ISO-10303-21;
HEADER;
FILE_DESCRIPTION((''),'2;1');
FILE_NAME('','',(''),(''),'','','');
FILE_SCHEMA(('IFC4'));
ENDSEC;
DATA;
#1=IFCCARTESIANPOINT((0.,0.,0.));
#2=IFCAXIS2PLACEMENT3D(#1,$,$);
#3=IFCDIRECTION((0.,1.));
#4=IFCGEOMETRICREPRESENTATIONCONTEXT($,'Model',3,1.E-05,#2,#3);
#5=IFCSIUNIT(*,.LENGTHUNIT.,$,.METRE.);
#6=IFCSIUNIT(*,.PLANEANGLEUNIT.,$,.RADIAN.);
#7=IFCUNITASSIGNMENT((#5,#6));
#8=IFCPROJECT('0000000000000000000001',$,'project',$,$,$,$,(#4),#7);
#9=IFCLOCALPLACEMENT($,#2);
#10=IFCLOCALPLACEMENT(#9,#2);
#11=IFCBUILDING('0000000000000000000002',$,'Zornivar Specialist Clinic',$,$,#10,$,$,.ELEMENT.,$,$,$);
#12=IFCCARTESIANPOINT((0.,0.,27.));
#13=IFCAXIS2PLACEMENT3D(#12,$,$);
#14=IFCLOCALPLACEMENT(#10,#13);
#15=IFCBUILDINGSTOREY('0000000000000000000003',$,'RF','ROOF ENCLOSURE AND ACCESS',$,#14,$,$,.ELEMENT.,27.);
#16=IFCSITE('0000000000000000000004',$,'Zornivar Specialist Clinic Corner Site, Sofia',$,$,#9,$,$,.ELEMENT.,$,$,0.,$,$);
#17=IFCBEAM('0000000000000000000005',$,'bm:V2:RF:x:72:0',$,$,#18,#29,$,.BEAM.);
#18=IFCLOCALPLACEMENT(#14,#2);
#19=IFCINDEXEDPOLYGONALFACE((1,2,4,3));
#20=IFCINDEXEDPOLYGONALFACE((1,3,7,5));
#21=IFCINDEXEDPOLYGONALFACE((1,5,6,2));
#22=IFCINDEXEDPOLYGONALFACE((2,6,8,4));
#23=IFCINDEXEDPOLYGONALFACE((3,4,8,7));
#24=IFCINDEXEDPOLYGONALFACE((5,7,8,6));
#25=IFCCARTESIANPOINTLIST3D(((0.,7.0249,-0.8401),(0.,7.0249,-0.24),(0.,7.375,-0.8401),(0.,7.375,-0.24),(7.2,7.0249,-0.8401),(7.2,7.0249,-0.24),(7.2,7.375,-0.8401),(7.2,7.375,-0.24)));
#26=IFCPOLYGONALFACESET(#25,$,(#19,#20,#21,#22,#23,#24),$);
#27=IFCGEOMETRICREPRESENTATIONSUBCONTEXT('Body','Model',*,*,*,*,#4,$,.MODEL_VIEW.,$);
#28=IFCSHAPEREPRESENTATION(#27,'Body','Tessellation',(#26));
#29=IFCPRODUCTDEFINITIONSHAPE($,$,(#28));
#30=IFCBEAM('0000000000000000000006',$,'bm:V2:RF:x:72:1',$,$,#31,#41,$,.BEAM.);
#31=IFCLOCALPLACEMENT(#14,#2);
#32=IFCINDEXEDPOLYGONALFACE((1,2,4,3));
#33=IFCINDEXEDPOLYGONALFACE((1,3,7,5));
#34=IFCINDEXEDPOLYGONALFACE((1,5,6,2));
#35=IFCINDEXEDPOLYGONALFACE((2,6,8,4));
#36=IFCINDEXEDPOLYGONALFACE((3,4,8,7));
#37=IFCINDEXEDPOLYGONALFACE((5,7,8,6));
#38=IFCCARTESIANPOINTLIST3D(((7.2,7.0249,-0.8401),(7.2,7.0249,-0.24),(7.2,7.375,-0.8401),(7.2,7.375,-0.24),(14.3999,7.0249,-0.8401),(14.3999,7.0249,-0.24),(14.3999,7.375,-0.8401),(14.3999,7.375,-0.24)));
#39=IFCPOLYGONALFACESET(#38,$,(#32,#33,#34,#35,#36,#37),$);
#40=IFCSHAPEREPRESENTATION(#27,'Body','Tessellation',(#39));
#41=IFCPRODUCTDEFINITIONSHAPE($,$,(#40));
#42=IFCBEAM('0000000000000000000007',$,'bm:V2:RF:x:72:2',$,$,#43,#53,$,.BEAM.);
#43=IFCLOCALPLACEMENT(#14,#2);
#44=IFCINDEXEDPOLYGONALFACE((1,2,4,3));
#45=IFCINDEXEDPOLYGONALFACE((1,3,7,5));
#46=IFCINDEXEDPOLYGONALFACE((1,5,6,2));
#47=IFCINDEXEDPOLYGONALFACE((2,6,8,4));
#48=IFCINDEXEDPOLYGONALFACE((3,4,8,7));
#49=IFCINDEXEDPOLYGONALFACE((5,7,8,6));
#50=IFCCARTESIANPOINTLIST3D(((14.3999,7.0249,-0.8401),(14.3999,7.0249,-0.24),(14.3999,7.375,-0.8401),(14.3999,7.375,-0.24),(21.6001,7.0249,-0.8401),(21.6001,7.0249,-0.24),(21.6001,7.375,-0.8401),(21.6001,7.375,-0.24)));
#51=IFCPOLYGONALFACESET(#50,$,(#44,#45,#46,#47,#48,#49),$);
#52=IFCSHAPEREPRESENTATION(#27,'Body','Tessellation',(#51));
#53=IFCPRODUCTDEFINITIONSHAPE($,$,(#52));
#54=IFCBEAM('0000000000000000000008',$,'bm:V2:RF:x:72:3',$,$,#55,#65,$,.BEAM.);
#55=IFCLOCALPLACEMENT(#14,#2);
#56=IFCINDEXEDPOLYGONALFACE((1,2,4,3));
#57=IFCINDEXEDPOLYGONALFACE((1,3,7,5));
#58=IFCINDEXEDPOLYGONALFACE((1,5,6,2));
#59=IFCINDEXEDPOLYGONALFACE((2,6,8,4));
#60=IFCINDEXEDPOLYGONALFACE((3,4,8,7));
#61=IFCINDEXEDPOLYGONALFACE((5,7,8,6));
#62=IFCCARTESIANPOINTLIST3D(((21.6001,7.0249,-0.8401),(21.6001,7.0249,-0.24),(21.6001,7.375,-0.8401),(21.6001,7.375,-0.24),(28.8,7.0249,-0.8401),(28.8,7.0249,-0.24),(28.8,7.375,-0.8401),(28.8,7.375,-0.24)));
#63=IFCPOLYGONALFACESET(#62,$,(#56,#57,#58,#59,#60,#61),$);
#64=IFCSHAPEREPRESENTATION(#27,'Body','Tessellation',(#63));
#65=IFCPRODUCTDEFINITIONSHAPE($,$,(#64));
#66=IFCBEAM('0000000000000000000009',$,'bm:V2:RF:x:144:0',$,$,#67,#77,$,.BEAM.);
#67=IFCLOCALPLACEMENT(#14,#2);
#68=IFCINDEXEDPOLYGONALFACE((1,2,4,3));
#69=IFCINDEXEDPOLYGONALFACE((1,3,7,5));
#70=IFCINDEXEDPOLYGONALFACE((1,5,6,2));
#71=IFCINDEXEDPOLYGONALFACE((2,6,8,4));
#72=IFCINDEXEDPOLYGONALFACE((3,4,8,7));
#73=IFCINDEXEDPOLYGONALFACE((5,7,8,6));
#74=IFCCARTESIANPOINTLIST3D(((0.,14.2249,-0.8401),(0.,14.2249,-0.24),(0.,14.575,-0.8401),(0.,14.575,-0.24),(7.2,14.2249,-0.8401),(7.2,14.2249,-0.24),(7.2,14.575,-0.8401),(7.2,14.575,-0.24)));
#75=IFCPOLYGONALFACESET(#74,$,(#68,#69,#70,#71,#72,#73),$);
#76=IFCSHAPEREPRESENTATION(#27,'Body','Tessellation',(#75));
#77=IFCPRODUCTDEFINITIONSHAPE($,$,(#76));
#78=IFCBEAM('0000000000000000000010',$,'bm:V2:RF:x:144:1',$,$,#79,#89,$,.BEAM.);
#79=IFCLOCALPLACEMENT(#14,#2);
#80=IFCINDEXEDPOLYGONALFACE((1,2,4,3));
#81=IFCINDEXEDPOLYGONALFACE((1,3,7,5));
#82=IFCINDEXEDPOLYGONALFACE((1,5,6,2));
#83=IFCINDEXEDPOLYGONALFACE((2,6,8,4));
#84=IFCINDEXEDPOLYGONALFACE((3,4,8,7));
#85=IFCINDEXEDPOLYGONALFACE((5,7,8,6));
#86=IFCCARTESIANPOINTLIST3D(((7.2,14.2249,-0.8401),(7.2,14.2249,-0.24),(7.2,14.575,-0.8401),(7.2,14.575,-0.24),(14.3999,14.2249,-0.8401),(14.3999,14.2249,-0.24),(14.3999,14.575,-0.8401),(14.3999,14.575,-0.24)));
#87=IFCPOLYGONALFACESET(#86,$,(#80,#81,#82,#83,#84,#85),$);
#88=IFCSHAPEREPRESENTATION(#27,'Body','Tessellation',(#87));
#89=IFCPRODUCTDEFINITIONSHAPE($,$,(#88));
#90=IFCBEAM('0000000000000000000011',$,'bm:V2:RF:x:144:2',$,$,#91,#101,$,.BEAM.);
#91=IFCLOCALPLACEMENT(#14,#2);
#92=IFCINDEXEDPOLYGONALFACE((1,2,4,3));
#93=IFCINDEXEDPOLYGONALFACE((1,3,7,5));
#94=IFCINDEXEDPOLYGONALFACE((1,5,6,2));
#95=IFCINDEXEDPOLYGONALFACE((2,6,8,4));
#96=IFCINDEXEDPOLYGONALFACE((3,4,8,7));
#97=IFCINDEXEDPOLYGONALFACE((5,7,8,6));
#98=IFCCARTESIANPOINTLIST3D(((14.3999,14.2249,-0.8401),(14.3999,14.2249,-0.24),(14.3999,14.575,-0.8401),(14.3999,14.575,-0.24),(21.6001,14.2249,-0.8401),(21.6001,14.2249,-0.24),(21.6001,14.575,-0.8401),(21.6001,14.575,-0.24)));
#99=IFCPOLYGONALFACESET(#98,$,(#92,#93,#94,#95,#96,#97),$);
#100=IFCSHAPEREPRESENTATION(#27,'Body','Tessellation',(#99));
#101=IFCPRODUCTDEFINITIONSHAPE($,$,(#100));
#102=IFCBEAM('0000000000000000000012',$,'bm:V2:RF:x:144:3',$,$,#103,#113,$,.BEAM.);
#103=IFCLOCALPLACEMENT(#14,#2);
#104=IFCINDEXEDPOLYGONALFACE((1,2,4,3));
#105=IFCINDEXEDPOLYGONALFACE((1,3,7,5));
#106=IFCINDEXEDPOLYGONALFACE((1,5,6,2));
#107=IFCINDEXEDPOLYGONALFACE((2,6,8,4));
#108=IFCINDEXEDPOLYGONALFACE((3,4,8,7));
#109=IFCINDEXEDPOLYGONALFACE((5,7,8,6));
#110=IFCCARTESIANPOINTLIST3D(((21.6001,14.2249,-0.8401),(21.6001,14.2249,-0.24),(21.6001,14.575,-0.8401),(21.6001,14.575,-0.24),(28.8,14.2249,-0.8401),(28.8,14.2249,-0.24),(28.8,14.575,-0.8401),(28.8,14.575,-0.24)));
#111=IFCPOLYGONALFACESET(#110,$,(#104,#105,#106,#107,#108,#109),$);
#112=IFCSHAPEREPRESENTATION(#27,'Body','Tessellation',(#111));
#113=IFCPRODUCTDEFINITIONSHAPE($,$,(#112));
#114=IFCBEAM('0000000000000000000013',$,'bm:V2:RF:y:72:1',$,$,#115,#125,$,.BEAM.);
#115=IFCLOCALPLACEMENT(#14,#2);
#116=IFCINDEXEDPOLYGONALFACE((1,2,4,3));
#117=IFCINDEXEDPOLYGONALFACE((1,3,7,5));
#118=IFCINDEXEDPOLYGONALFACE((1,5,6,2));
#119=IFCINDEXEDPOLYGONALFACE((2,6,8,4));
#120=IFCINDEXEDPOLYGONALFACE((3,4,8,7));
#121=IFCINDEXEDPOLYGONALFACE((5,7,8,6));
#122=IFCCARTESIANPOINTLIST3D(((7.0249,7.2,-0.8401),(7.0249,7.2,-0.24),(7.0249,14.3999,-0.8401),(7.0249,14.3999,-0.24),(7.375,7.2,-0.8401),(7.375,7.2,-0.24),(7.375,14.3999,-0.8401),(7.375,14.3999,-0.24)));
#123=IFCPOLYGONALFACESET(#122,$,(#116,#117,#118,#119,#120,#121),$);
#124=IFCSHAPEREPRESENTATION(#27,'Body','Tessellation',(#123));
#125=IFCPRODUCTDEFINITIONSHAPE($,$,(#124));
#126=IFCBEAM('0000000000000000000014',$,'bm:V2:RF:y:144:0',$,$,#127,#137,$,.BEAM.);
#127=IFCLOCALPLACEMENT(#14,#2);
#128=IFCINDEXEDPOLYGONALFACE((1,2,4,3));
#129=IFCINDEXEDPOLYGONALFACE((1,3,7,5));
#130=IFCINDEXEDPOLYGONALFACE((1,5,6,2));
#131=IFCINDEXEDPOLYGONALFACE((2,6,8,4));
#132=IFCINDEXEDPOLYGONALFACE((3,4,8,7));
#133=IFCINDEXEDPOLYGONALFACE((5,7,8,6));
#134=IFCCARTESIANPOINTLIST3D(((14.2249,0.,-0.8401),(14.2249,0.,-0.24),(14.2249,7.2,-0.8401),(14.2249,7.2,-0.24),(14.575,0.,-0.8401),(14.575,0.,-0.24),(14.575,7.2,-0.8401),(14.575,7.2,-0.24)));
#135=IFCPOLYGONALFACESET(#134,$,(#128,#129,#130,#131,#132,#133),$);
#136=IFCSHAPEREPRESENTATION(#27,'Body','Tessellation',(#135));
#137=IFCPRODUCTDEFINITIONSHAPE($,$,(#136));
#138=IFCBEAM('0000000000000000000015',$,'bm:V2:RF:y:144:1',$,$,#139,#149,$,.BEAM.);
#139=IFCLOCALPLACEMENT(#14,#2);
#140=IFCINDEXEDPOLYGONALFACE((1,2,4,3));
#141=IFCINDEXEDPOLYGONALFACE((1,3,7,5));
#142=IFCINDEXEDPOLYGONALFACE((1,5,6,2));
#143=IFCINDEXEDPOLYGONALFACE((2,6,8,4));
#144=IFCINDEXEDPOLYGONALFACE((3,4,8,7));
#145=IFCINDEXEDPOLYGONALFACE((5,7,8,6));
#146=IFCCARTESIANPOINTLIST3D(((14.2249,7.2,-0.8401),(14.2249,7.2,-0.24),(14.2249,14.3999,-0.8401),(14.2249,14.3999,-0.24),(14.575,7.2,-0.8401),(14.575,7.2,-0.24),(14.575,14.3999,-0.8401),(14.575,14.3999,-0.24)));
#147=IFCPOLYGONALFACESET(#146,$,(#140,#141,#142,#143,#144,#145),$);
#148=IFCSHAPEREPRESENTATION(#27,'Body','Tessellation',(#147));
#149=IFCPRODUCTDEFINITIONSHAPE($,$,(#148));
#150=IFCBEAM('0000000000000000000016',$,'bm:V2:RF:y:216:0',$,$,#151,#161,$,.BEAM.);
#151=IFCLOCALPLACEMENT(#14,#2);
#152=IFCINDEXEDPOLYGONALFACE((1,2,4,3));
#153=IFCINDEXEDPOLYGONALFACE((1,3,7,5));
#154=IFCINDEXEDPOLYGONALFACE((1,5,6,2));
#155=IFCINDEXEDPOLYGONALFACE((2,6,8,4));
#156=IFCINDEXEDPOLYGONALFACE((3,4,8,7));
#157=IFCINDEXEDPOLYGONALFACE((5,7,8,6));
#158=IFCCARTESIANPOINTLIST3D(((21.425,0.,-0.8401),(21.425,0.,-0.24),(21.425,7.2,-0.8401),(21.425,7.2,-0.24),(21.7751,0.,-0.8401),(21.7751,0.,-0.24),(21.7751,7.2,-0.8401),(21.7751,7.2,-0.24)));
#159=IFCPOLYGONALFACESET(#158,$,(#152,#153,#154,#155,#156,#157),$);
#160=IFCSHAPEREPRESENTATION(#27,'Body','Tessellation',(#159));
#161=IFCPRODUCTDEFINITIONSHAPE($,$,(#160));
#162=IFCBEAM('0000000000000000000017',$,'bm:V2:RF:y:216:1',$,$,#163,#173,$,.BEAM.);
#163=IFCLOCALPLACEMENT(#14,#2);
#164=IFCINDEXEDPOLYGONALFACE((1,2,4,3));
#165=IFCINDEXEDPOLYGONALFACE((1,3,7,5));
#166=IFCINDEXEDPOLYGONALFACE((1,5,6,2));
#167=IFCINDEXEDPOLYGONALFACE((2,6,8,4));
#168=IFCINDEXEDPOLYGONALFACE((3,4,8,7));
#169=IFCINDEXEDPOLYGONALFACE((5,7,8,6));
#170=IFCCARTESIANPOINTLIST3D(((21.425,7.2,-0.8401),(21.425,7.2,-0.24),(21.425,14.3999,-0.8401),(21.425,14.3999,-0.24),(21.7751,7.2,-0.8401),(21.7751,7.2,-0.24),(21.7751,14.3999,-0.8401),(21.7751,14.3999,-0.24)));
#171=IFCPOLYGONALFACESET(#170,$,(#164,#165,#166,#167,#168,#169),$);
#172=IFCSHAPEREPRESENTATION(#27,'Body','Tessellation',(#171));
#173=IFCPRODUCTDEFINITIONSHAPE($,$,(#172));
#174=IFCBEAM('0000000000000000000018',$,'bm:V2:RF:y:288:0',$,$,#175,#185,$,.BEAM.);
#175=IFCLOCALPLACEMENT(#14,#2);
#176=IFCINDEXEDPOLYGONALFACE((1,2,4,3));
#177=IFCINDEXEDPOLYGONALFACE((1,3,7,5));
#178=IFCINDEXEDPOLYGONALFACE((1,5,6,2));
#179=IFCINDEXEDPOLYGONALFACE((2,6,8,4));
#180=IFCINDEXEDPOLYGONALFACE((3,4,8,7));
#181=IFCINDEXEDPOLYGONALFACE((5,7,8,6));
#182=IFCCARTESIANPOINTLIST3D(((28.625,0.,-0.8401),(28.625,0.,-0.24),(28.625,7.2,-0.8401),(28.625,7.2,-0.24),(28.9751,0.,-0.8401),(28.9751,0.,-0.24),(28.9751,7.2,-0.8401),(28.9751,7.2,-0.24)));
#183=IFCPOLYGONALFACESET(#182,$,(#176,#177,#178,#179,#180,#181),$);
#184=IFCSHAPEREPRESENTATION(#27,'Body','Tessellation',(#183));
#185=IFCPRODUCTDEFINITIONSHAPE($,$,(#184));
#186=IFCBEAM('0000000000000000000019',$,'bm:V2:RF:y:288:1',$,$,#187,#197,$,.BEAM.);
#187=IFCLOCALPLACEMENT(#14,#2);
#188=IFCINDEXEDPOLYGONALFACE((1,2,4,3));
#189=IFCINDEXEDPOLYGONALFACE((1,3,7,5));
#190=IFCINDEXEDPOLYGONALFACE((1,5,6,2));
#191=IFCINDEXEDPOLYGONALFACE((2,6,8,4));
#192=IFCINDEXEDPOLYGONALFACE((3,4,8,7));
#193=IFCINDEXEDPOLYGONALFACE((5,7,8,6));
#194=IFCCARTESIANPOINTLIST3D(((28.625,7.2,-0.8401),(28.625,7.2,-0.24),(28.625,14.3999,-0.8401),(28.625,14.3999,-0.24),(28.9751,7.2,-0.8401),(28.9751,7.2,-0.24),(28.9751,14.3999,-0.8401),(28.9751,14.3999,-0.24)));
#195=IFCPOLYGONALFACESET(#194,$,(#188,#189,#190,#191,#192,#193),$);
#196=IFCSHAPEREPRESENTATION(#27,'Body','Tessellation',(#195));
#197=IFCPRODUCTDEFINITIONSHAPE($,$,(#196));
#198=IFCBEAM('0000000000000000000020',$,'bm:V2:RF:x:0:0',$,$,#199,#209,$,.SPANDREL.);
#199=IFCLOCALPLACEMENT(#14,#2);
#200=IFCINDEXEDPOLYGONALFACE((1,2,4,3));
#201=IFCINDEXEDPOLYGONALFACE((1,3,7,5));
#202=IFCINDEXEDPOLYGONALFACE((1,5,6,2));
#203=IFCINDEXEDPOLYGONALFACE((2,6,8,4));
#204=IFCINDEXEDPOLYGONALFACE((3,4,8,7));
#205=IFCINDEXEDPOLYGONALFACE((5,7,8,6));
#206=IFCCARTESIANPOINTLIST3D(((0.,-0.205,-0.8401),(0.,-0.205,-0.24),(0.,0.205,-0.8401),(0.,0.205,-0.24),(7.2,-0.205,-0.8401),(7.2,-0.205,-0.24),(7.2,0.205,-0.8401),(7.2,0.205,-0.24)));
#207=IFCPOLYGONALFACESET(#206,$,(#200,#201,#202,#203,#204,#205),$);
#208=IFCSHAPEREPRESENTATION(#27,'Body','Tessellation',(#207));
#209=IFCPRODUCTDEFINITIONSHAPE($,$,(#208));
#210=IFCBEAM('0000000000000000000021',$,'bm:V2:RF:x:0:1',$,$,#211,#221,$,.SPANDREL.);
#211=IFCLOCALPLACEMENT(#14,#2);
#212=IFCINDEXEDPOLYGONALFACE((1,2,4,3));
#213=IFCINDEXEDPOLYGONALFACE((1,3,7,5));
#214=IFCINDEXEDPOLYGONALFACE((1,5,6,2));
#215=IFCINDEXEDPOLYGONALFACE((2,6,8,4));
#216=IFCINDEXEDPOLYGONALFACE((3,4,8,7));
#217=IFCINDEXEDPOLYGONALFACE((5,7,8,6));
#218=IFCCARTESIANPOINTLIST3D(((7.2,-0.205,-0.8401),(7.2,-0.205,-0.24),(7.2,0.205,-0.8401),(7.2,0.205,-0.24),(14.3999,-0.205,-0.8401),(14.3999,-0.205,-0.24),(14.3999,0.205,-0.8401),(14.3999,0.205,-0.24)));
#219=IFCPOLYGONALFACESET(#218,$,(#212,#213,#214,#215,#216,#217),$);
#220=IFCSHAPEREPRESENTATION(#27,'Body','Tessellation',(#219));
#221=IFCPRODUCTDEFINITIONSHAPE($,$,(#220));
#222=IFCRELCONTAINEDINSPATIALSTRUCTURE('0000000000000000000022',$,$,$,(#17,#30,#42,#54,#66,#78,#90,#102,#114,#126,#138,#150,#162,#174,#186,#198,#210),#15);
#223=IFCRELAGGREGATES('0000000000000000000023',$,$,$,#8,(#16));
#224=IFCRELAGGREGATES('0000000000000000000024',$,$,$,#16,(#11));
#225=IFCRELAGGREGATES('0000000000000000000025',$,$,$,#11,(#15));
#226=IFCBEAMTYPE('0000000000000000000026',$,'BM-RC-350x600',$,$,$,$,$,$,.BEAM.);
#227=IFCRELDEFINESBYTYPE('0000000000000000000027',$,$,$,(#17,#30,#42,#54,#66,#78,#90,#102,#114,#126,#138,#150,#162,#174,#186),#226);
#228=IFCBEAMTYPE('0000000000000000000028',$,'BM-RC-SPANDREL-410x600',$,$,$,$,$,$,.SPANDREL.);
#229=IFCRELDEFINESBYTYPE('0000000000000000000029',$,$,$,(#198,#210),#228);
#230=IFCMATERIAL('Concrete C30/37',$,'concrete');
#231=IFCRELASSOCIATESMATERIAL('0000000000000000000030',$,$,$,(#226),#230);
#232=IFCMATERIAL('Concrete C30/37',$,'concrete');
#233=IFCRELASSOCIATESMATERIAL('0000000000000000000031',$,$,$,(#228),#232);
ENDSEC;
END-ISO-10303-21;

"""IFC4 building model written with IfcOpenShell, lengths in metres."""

from ifc_helpers import new_model, si_unit, direction, frame, origin, origin_2d, place, context, subcontext, project, spatial, rectangle, extrude, material, material_profile, profile_set, type_object, element, save


model = new_model("IFC4")

# Units and contexts
model_context = context("Model", 3, precision=1e-05, world=origin(), true_north=direction((0.0, 1.0)))
body_context = subcontext(model_context, "Body", "Model", "MODEL_VIEW")
ifc_project = project(units=[si_unit("LENGTHUNIT", "METRE"), si_unit("PLANEANGLEUNIT", "RADIAN")], contexts=[model_context])

# Site, building, storey
site_placement = place(None, origin())
site = spatial("IfcSite", under=ifc_project, at=site_placement, Name="Zornivar Specialist Clinic Corner Site, Sofia", CompositionType="ELEMENT", RefElevation=0.0)
building_placement = place(site_placement, origin())
building = spatial("IfcBuilding", under=site, at=building_placement, Name="Zornivar Specialist Clinic", CompositionType="ELEMENT")
storey_placement = place(building_placement, frame((0.0, 0.0, 27.0)))
storey = spatial("IfcBuildingStorey", under=building, at=storey_placement, Name="RF", Description="ROOF ENCLOSURE AND ACCESS", CompositionType="ELEMENT", Elevation=27.0)

# Beams
ifc_material_1 = material(Name="Concrete C30/37", Category="concrete")
ifc_material_profile_1 = material_profile(ifc_material_1, rectangle(XDim=0.3501, YDim=0.6001, at=origin_2d()), Name="RC 350x600")
ifc_profile_set_1 = profile_set([ifc_material_profile_1], Name="Concrete C30/37")
beam_type_1 = type_object("IfcBeamType", Name="BM-RC-350x600", PredefinedType="BEAM", material=ifc_profile_set_1)
for number, where, z_axis, x_axis, name in (
    (1, (0.0, 7.2, -0.54), (1.0, 0.0, 0.0), (0.0, 1.0, 0.0), "bm:V2:RF:x:72:0"),
    (2, (7.2, 7.2, -0.54), (1.0, 0.0, 0.0), (0.0, 1.0, 0.0), "bm:V2:RF:x:72:1"),
):
    element("IfcBeam", number, at=place(storey_placement, frame(where, z_axis=z_axis, x_axis=x_axis)), inside=storey, type_object=beam_type_1, Name=name, PredefinedType="BEAM", context=body_context, shape_type="SweptSolid", body=[
        extrude(rectangle(XDim=0.3501, YDim=0.6001, at=origin_2d()), origin(), (0.0, 0.0, 1.0), 7.2),
    ])
beam_1_placement = place(storey_placement, frame((14.3999, 7.2, -0.54), z_axis=(1.0, 0.0, 0.0), x_axis=(0.0, 1.0, 0.0)))
element("IfcBeam", 3, at=beam_1_placement, inside=storey, type_object=beam_type_1, Name="bm:V2:RF:x:72:2", PredefinedType="BEAM", context=body_context, shape_type="SweptSolid", body=[
    extrude(rectangle(XDim=0.3501, YDim=0.6001, at=origin_2d()), origin(), (0.0, 0.0, 1.0), 7.2002),
])
for number, where, z_axis, x_axis, name in (
    (4, (21.6001, 7.2, -0.54), (1.0, 0.0, 0.0), (0.0, 1.0, 0.0), "bm:V2:RF:x:72:3"),
    (5, (0.0, 14.3999, -0.54), (1.0, 0.0, 0.0), (0.0, 1.0, 0.0), "bm:V2:RF:x:144:0"),
    (6, (7.2, 14.3999, -0.54), (1.0, 0.0, 0.0), (0.0, 1.0, 0.0), "bm:V2:RF:x:144:1"),
):
    element("IfcBeam", number, at=place(storey_placement, frame(where, z_axis=z_axis, x_axis=x_axis)), inside=storey, type_object=beam_type_1, Name=name, PredefinedType="BEAM", context=body_context, shape_type="SweptSolid", body=[
        extrude(rectangle(XDim=0.3501, YDim=0.6001, at=origin_2d()), origin(), (0.0, 0.0, 1.0), 7.2),
    ])
beam_2_placement = place(storey_placement, frame((14.3999, 14.3999, -0.54), z_axis=(1.0, 0.0, 0.0), x_axis=(0.0, 1.0, 0.0)))
element("IfcBeam", 7, at=beam_2_placement, inside=storey, type_object=beam_type_1, Name="bm:V2:RF:x:144:2", PredefinedType="BEAM", context=body_context, shape_type="SweptSolid", body=[
    extrude(rectangle(XDim=0.3501, YDim=0.6001, at=origin_2d()), origin(), (0.0, 0.0, 1.0), 7.2002),
])
for number, where, z_axis, x_axis, name in (
    (8, (21.6001, 14.3999, -0.54), (1.0, 0.0, 0.0), (0.0, 1.0, 0.0), "bm:V2:RF:x:144:3"),
    (9, (7.2, 7.2, -0.54), (0.0, 1.0, 0.0), (-1.0, 0.0, 0.0), "bm:V2:RF:y:72:1"),
    (10, (14.3999, 0.0, -0.54), (0.0, 1.0, 0.0), (-1.0, 0.0, 0.0), "bm:V2:RF:y:144:0"),
    (11, (14.3999, 7.2, -0.54), (0.0, 1.0, 0.0), (-1.0, 0.0, 0.0), "bm:V2:RF:y:144:1"),
    (12, (21.6001, 0.0, -0.54), (0.0, 1.0, 0.0), (-1.0, 0.0, 0.0), "bm:V2:RF:y:216:0"),
    (13, (21.6001, 7.2, -0.54), (0.0, 1.0, 0.0), (-1.0, 0.0, 0.0), "bm:V2:RF:y:216:1"),
    (14, (28.8, 0.0, -0.54), (0.0, 1.0, 0.0), (-1.0, 0.0, 0.0), "bm:V2:RF:y:288:0"),
    (15, (28.8, 7.2, -0.54), (0.0, 1.0, 0.0), (-1.0, 0.0, 0.0), "bm:V2:RF:y:288:1"),
):
    element("IfcBeam", number, at=place(storey_placement, frame(where, z_axis=z_axis, x_axis=x_axis)), inside=storey, type_object=beam_type_1, Name=name, PredefinedType="BEAM", context=body_context, shape_type="SweptSolid", body=[
        extrude(rectangle(XDim=0.3501, YDim=0.6001, at=origin_2d()), origin(), (0.0, 0.0, 1.0), 7.2),
    ])
ifc_material_2 = material(Name="Concrete C30/37", Category="concrete")
ifc_material_profile_2 = material_profile(ifc_material_2, rectangle(XDim=0.4099, YDim=0.6001, at=origin_2d()), Name="RC 410x600")
ifc_profile_set_2 = profile_set([ifc_material_profile_2], Name="Concrete C30/37")
beam_type_2 = type_object("IfcBeamType", Name="BM-RC-SPANDREL-410x600", PredefinedType="SPANDREL", material=ifc_profile_set_2)
for number, where, z_axis, x_axis, name in (
    (16, (0.0, 0.0, -0.54), (1.0, 0.0, 0.0), (0.0, 1.0, 0.0), "bm:V2:RF:x:0:0"),
    (17, (7.2, 0.0, -0.54), (1.0, 0.0, 0.0), (0.0, 1.0, 0.0), "bm:V2:RF:x:0:1"),
):
    element("IfcBeam", number, at=place(storey_placement, frame(where, z_axis=z_axis, x_axis=x_axis)), inside=storey, type_object=beam_type_2, Name=name, PredefinedType="SPANDREL", context=body_context, shape_type="SweptSolid", body=[
        extrude(rectangle(XDim=0.4099, YDim=0.6001, at=origin_2d()), origin(), (0.0, 0.0, 1.0), 7.2),
    ])

save(model, "model.ifc")
